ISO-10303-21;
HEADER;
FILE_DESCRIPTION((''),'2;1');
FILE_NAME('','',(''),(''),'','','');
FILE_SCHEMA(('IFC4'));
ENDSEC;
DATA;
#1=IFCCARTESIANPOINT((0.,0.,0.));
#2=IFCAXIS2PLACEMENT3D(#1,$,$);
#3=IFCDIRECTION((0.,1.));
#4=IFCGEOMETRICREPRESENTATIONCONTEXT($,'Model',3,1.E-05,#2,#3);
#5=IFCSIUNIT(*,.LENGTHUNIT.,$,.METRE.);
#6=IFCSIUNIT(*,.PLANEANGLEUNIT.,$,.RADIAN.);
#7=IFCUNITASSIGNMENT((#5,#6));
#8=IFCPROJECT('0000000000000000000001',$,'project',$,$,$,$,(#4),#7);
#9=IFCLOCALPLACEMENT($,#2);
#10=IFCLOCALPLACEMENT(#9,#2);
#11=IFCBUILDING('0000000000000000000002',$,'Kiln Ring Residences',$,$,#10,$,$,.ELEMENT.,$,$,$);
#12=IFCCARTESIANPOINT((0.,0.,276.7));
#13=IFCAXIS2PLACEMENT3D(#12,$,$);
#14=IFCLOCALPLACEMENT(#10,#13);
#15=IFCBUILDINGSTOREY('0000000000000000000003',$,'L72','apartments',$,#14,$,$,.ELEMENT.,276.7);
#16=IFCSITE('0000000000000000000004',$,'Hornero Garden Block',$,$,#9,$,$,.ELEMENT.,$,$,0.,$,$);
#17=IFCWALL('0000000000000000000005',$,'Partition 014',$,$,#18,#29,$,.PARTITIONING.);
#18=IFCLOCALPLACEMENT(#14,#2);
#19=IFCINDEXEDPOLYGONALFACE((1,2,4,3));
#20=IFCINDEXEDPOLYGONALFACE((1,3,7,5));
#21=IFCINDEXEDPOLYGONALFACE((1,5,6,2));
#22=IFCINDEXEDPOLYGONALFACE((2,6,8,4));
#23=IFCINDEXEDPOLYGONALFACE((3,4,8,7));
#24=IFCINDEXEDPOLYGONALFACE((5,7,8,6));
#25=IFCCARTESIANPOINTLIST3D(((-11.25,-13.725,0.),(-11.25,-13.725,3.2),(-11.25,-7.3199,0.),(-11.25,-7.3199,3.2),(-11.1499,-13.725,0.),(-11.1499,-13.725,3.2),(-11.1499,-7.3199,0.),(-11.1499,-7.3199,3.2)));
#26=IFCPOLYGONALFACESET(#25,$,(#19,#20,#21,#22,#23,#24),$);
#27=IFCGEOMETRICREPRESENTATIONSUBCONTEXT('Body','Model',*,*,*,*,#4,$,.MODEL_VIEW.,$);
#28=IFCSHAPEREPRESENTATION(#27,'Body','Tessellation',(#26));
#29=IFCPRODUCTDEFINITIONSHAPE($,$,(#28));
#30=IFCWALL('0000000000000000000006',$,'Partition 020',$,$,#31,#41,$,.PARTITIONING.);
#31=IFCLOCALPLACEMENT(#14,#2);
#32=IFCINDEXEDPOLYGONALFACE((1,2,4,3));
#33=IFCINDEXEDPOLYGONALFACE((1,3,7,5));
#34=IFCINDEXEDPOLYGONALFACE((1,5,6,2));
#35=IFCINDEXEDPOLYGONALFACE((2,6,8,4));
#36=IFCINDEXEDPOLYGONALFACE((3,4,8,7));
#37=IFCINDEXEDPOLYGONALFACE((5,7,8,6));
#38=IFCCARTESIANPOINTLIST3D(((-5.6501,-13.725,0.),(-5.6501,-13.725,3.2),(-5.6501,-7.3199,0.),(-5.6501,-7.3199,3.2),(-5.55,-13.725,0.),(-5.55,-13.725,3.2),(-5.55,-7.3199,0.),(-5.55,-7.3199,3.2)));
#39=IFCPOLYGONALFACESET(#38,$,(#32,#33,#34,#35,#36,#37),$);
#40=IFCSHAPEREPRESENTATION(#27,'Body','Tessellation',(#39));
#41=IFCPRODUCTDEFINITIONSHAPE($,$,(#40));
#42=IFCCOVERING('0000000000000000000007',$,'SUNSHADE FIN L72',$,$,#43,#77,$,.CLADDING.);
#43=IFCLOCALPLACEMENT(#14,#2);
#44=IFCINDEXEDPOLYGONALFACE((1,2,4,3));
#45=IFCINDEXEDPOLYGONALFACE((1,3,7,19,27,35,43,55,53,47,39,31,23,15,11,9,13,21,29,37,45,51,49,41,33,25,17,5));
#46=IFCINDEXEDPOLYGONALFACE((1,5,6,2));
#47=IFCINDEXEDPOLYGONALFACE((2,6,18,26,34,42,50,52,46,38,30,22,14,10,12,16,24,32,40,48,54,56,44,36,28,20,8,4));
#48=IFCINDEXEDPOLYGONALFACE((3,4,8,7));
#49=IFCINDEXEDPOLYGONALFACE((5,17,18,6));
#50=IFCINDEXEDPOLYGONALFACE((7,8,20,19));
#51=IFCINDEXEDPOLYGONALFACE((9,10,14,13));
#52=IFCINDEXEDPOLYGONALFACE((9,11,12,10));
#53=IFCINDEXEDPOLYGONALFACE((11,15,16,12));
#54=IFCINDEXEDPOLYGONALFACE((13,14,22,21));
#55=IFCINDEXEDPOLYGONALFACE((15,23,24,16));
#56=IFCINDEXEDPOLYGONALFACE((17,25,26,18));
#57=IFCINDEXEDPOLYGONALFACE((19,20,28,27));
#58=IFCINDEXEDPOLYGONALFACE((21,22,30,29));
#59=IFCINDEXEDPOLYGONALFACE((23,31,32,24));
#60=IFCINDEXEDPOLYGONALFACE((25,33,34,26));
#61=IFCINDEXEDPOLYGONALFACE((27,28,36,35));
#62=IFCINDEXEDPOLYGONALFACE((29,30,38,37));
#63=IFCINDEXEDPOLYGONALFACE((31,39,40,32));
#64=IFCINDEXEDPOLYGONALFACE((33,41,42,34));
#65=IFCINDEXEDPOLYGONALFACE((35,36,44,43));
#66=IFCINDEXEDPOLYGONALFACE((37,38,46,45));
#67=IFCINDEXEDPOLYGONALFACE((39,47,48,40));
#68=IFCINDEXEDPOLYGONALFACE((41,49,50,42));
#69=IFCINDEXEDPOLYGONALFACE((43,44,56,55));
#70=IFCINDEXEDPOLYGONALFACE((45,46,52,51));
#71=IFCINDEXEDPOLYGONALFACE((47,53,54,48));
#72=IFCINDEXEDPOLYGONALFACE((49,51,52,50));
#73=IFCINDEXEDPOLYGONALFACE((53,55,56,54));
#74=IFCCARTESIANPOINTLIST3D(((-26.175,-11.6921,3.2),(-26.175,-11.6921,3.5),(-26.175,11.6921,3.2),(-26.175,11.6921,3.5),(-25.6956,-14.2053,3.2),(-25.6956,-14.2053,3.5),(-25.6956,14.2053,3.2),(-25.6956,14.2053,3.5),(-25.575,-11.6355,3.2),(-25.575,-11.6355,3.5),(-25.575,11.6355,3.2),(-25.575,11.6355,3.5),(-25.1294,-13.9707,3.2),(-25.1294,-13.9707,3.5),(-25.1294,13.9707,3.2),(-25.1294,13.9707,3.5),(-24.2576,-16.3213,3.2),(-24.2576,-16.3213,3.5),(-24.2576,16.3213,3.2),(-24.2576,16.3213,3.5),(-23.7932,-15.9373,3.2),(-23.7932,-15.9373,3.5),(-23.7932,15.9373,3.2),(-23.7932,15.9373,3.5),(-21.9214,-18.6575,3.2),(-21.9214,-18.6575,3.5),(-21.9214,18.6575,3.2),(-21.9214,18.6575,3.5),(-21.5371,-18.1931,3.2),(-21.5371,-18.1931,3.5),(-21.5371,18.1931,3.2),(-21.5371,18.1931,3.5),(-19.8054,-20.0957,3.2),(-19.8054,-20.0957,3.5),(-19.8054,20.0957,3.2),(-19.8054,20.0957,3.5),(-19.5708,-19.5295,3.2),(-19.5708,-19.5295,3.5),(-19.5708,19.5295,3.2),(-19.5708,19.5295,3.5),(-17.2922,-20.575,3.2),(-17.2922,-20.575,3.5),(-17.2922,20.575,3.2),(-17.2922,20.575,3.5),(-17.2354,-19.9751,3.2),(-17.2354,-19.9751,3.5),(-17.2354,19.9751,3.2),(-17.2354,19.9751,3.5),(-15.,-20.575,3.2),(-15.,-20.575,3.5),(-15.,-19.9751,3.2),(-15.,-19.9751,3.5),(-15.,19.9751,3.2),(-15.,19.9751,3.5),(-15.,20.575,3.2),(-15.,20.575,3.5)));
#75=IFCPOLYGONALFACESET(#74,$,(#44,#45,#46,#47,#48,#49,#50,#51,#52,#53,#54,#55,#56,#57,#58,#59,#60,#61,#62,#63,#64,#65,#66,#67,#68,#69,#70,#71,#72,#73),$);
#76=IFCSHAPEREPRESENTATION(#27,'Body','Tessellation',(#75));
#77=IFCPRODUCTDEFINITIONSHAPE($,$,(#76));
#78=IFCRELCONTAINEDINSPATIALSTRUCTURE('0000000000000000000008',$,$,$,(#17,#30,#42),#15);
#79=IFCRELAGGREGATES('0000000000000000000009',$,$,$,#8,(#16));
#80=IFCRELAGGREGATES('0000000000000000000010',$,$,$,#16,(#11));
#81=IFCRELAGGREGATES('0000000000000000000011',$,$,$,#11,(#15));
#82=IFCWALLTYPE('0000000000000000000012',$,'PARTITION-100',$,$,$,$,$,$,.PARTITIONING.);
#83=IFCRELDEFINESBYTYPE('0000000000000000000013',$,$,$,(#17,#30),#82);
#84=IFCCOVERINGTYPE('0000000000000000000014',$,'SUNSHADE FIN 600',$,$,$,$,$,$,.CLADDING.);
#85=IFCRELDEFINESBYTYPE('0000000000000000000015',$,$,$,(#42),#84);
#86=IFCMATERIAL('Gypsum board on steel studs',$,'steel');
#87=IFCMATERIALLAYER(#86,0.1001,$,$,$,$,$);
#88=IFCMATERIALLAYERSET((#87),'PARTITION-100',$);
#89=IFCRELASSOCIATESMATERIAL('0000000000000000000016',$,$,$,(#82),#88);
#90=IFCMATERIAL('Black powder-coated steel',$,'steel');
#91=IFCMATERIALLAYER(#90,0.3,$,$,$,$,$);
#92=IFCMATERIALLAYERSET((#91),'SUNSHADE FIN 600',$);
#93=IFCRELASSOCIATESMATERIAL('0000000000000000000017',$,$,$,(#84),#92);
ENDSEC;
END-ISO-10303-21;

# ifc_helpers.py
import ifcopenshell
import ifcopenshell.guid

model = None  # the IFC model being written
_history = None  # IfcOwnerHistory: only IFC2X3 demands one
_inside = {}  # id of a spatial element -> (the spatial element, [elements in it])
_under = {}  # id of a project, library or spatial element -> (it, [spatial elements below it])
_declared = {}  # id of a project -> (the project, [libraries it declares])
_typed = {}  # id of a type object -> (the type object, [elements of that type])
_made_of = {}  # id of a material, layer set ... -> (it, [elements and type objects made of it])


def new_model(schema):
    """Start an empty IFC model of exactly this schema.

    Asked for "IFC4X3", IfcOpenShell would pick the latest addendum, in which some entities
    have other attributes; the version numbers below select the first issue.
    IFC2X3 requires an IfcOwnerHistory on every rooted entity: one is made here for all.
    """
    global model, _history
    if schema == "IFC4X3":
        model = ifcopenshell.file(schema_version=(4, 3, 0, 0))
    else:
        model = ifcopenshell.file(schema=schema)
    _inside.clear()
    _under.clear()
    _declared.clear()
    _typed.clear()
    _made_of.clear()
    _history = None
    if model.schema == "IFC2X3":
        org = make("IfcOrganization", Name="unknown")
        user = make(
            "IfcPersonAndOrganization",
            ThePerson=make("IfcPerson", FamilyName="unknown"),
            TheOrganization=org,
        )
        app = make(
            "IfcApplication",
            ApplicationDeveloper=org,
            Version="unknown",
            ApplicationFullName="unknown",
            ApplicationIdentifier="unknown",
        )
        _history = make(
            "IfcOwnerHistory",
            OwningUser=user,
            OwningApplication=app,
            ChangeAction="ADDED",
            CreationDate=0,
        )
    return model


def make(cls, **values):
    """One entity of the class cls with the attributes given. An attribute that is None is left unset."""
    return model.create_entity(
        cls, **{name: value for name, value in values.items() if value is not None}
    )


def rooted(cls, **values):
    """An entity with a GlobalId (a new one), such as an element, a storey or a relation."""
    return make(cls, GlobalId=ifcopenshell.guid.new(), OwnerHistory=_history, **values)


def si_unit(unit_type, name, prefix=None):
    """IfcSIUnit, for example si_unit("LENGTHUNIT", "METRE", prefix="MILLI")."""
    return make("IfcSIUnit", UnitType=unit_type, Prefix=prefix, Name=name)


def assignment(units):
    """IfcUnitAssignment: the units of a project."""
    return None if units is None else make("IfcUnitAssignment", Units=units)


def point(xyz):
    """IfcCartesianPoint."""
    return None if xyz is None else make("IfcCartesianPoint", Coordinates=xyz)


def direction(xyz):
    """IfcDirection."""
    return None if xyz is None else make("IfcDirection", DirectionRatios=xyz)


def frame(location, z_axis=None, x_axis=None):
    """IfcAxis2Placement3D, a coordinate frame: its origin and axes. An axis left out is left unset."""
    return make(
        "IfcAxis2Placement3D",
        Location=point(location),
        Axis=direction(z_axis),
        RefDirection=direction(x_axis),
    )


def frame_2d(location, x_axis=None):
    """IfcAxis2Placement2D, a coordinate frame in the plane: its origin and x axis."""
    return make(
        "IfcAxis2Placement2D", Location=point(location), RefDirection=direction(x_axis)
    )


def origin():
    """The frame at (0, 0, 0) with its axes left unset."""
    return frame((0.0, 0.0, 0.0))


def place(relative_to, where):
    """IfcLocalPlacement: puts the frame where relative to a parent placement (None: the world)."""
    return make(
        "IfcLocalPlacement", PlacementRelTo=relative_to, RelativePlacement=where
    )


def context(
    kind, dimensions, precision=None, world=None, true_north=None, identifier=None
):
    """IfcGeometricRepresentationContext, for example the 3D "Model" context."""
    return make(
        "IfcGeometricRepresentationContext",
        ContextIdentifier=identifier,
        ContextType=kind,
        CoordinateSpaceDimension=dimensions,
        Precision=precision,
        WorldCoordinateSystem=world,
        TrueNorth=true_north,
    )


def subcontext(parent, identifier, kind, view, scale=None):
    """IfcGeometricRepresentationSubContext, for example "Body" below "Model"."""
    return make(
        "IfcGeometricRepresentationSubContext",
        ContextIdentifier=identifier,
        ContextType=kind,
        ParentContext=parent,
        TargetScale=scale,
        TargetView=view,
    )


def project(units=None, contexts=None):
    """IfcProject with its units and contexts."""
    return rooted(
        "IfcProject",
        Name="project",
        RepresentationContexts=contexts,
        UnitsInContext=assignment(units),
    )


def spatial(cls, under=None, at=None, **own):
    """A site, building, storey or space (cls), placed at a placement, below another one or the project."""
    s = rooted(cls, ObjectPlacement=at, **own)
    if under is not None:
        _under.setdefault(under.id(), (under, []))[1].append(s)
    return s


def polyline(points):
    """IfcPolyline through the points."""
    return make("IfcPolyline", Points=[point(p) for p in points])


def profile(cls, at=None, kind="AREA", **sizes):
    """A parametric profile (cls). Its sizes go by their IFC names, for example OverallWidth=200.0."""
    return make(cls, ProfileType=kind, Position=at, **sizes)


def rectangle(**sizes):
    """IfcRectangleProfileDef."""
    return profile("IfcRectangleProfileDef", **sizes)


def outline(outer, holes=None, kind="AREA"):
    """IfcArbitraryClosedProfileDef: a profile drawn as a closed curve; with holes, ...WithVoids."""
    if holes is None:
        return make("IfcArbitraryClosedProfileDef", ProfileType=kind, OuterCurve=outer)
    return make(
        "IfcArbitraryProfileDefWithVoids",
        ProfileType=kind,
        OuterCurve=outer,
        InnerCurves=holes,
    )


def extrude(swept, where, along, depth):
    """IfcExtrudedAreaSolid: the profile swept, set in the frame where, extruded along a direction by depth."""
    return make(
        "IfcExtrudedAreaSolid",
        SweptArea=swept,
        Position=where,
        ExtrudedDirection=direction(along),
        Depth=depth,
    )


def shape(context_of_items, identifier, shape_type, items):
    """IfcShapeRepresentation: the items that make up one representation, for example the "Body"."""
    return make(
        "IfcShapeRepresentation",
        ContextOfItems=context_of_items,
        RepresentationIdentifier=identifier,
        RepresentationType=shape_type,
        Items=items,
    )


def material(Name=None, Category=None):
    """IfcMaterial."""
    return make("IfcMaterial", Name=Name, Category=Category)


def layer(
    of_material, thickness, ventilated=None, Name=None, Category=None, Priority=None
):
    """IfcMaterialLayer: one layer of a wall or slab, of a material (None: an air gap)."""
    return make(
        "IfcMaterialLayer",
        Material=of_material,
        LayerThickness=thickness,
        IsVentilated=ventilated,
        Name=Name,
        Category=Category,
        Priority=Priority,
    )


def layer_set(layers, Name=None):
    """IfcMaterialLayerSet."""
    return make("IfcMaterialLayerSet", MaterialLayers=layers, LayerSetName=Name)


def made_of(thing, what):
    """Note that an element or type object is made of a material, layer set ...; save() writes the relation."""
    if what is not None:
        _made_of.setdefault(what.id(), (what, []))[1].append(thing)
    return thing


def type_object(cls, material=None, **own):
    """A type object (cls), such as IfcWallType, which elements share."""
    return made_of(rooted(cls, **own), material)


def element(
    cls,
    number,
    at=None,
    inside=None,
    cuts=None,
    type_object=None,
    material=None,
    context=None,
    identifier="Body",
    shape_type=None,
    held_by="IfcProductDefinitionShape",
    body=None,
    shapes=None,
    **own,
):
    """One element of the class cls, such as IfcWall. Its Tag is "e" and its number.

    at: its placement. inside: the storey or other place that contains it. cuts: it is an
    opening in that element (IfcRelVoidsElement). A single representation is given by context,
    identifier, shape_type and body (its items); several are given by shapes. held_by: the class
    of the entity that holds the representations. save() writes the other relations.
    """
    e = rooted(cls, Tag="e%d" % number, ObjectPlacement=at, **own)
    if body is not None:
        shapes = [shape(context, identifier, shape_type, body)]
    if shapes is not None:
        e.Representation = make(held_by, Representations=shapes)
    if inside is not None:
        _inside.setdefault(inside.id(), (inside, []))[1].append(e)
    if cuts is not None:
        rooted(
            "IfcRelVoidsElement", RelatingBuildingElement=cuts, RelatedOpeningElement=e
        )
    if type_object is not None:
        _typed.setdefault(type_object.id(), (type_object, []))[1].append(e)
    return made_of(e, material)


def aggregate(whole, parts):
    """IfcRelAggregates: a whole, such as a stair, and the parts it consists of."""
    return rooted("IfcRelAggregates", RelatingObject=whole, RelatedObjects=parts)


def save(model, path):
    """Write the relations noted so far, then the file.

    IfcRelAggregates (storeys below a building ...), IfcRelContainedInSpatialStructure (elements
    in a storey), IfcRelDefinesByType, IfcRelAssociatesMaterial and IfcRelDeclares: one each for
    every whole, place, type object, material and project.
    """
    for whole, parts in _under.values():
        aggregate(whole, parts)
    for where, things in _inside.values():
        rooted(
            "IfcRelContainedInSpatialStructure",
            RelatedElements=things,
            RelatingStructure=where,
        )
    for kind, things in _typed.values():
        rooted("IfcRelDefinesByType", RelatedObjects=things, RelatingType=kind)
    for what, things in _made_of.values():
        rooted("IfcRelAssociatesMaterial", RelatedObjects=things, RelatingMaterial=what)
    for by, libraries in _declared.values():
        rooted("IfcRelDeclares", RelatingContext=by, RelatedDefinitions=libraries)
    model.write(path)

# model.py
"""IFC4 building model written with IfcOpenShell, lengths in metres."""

from ifc_helpers import new_model, si_unit, direction, frame, frame_2d, origin, place, context, subcontext, project, spatial, polyline, rectangle, outline, extrude, material, layer, layer_set, type_object, element, save


model = new_model("IFC4")

# Units and contexts
model_context = context("Model", 3, precision=1e-05, world=origin(), true_north=direction((0.0, 1.0)))
body_context = subcontext(model_context, "Body", "Model", "MODEL_VIEW")
ifc_project = project(units=[si_unit("LENGTHUNIT", "METRE"), si_unit("PLANEANGLEUNIT", "RADIAN")], contexts=[model_context])

# Site, building, storey
site_placement = place(None, origin())
site = spatial("IfcSite", under=ifc_project, at=site_placement, Name="Hornero Garden Block", CompositionType="ELEMENT", RefElevation=0.0)
building_placement = place(site_placement, origin())
building = spatial("IfcBuilding", under=site, at=building_placement, Name="Kiln Ring Residences", CompositionType="ELEMENT")
storey_placement = place(building_placement, frame((0.0, 0.0, 276.7)))
storey = spatial("IfcBuildingStorey", under=building, at=storey_placement, Name="L72", Description="apartments", CompositionType="ELEMENT", Elevation=276.7)

# Walls
ifc_material_1 = material(Name="Gypsum board on steel studs", Category="steel")
ifc_layer_1 = layer(ifc_material_1, 0.1001)
ifc_layer_set_1 = layer_set([ifc_layer_1], Name="PARTITION-100")
wall_type = type_object("IfcWallType", Name="PARTITION-100", PredefinedType="PARTITIONING", material=ifc_layer_set_1)
for number, where, z_axis, x_axis, name in (
    (1, (-11.2, -13.7251, 0.0), (0.0, 0.0, 1.0), (0.0, 1.0, 0.0), "Partition 014"),
    (2, (-5.6001, -13.7251, 0.0), (0.0, 0.0, 1.0), (0.0, 1.0, 0.0), "Partition 020"),
):
    element("IfcWall", number, at=place(storey_placement, frame(where, z_axis=z_axis, x_axis=x_axis)), inside=storey, type_object=wall_type, Name=name, PredefinedType="PARTITIONING", context=body_context, shape_type="SweptSolid", body=[
        extrude(rectangle(XDim=6.405, YDim=0.1001, at=frame_2d((3.2026, 0.0))), origin(), (0.0, 0.0, 1.0), 3.2),
    ])

# Covering
ifc_material_2 = material(Name="Black powder-coated steel", Category="steel")
ifc_layer_2 = layer(ifc_material_2, 0.3)
ifc_layer_set_2 = layer_set([ifc_layer_2], Name="SUNSHADE FIN 600")
covering_type = type_object("IfcCoveringType", Name="SUNSHADE FIN 600", PredefinedType="CLADDING", material=ifc_layer_set_2)
covering_placement = place(storey_placement, frame((0.0, 0.0, 3.2)))
element("IfcCovering", 3, at=covering_placement, inside=storey, type_object=covering_type, Name="SUNSHADE FIN L72", PredefinedType="CLADDING", context=body_context, shape_type="SweptSolid", body=[
    extrude(outline(polyline([(-26.175, -11.6921), (-25.6956, -14.2053), (-24.2576, -16.3213), (-21.9214, -18.6575), (-19.8054, -20.0957), (-17.2922, -20.575), (-15.0, -20.575), (-15.0, -19.9751), (-17.2354, -19.9751), (-19.5708, -19.5295), (-21.5371, -18.1931), (-23.7932, -15.9373), (-25.1294, -13.9707), (-25.575, -11.6355), (-25.575, 11.6355), (-25.1294, 13.9707), (-23.7932, 15.9373), (-21.5371, 18.1931), (-19.5708, 19.5295), (-17.2354, 19.9751), (-15.0, 19.9751), (-15.0, 20.575), (-17.2922, 20.575), (-19.8054, 20.0957), (-21.9214, 18.6575), (-24.2576, 16.3213), (-25.6956, 14.2053), (-26.175, 11.6921), (-26.175, -11.6921)])), origin(), (0.0, 0.0, 1.0), 0.3),
])

save(model, "model.ifc")
